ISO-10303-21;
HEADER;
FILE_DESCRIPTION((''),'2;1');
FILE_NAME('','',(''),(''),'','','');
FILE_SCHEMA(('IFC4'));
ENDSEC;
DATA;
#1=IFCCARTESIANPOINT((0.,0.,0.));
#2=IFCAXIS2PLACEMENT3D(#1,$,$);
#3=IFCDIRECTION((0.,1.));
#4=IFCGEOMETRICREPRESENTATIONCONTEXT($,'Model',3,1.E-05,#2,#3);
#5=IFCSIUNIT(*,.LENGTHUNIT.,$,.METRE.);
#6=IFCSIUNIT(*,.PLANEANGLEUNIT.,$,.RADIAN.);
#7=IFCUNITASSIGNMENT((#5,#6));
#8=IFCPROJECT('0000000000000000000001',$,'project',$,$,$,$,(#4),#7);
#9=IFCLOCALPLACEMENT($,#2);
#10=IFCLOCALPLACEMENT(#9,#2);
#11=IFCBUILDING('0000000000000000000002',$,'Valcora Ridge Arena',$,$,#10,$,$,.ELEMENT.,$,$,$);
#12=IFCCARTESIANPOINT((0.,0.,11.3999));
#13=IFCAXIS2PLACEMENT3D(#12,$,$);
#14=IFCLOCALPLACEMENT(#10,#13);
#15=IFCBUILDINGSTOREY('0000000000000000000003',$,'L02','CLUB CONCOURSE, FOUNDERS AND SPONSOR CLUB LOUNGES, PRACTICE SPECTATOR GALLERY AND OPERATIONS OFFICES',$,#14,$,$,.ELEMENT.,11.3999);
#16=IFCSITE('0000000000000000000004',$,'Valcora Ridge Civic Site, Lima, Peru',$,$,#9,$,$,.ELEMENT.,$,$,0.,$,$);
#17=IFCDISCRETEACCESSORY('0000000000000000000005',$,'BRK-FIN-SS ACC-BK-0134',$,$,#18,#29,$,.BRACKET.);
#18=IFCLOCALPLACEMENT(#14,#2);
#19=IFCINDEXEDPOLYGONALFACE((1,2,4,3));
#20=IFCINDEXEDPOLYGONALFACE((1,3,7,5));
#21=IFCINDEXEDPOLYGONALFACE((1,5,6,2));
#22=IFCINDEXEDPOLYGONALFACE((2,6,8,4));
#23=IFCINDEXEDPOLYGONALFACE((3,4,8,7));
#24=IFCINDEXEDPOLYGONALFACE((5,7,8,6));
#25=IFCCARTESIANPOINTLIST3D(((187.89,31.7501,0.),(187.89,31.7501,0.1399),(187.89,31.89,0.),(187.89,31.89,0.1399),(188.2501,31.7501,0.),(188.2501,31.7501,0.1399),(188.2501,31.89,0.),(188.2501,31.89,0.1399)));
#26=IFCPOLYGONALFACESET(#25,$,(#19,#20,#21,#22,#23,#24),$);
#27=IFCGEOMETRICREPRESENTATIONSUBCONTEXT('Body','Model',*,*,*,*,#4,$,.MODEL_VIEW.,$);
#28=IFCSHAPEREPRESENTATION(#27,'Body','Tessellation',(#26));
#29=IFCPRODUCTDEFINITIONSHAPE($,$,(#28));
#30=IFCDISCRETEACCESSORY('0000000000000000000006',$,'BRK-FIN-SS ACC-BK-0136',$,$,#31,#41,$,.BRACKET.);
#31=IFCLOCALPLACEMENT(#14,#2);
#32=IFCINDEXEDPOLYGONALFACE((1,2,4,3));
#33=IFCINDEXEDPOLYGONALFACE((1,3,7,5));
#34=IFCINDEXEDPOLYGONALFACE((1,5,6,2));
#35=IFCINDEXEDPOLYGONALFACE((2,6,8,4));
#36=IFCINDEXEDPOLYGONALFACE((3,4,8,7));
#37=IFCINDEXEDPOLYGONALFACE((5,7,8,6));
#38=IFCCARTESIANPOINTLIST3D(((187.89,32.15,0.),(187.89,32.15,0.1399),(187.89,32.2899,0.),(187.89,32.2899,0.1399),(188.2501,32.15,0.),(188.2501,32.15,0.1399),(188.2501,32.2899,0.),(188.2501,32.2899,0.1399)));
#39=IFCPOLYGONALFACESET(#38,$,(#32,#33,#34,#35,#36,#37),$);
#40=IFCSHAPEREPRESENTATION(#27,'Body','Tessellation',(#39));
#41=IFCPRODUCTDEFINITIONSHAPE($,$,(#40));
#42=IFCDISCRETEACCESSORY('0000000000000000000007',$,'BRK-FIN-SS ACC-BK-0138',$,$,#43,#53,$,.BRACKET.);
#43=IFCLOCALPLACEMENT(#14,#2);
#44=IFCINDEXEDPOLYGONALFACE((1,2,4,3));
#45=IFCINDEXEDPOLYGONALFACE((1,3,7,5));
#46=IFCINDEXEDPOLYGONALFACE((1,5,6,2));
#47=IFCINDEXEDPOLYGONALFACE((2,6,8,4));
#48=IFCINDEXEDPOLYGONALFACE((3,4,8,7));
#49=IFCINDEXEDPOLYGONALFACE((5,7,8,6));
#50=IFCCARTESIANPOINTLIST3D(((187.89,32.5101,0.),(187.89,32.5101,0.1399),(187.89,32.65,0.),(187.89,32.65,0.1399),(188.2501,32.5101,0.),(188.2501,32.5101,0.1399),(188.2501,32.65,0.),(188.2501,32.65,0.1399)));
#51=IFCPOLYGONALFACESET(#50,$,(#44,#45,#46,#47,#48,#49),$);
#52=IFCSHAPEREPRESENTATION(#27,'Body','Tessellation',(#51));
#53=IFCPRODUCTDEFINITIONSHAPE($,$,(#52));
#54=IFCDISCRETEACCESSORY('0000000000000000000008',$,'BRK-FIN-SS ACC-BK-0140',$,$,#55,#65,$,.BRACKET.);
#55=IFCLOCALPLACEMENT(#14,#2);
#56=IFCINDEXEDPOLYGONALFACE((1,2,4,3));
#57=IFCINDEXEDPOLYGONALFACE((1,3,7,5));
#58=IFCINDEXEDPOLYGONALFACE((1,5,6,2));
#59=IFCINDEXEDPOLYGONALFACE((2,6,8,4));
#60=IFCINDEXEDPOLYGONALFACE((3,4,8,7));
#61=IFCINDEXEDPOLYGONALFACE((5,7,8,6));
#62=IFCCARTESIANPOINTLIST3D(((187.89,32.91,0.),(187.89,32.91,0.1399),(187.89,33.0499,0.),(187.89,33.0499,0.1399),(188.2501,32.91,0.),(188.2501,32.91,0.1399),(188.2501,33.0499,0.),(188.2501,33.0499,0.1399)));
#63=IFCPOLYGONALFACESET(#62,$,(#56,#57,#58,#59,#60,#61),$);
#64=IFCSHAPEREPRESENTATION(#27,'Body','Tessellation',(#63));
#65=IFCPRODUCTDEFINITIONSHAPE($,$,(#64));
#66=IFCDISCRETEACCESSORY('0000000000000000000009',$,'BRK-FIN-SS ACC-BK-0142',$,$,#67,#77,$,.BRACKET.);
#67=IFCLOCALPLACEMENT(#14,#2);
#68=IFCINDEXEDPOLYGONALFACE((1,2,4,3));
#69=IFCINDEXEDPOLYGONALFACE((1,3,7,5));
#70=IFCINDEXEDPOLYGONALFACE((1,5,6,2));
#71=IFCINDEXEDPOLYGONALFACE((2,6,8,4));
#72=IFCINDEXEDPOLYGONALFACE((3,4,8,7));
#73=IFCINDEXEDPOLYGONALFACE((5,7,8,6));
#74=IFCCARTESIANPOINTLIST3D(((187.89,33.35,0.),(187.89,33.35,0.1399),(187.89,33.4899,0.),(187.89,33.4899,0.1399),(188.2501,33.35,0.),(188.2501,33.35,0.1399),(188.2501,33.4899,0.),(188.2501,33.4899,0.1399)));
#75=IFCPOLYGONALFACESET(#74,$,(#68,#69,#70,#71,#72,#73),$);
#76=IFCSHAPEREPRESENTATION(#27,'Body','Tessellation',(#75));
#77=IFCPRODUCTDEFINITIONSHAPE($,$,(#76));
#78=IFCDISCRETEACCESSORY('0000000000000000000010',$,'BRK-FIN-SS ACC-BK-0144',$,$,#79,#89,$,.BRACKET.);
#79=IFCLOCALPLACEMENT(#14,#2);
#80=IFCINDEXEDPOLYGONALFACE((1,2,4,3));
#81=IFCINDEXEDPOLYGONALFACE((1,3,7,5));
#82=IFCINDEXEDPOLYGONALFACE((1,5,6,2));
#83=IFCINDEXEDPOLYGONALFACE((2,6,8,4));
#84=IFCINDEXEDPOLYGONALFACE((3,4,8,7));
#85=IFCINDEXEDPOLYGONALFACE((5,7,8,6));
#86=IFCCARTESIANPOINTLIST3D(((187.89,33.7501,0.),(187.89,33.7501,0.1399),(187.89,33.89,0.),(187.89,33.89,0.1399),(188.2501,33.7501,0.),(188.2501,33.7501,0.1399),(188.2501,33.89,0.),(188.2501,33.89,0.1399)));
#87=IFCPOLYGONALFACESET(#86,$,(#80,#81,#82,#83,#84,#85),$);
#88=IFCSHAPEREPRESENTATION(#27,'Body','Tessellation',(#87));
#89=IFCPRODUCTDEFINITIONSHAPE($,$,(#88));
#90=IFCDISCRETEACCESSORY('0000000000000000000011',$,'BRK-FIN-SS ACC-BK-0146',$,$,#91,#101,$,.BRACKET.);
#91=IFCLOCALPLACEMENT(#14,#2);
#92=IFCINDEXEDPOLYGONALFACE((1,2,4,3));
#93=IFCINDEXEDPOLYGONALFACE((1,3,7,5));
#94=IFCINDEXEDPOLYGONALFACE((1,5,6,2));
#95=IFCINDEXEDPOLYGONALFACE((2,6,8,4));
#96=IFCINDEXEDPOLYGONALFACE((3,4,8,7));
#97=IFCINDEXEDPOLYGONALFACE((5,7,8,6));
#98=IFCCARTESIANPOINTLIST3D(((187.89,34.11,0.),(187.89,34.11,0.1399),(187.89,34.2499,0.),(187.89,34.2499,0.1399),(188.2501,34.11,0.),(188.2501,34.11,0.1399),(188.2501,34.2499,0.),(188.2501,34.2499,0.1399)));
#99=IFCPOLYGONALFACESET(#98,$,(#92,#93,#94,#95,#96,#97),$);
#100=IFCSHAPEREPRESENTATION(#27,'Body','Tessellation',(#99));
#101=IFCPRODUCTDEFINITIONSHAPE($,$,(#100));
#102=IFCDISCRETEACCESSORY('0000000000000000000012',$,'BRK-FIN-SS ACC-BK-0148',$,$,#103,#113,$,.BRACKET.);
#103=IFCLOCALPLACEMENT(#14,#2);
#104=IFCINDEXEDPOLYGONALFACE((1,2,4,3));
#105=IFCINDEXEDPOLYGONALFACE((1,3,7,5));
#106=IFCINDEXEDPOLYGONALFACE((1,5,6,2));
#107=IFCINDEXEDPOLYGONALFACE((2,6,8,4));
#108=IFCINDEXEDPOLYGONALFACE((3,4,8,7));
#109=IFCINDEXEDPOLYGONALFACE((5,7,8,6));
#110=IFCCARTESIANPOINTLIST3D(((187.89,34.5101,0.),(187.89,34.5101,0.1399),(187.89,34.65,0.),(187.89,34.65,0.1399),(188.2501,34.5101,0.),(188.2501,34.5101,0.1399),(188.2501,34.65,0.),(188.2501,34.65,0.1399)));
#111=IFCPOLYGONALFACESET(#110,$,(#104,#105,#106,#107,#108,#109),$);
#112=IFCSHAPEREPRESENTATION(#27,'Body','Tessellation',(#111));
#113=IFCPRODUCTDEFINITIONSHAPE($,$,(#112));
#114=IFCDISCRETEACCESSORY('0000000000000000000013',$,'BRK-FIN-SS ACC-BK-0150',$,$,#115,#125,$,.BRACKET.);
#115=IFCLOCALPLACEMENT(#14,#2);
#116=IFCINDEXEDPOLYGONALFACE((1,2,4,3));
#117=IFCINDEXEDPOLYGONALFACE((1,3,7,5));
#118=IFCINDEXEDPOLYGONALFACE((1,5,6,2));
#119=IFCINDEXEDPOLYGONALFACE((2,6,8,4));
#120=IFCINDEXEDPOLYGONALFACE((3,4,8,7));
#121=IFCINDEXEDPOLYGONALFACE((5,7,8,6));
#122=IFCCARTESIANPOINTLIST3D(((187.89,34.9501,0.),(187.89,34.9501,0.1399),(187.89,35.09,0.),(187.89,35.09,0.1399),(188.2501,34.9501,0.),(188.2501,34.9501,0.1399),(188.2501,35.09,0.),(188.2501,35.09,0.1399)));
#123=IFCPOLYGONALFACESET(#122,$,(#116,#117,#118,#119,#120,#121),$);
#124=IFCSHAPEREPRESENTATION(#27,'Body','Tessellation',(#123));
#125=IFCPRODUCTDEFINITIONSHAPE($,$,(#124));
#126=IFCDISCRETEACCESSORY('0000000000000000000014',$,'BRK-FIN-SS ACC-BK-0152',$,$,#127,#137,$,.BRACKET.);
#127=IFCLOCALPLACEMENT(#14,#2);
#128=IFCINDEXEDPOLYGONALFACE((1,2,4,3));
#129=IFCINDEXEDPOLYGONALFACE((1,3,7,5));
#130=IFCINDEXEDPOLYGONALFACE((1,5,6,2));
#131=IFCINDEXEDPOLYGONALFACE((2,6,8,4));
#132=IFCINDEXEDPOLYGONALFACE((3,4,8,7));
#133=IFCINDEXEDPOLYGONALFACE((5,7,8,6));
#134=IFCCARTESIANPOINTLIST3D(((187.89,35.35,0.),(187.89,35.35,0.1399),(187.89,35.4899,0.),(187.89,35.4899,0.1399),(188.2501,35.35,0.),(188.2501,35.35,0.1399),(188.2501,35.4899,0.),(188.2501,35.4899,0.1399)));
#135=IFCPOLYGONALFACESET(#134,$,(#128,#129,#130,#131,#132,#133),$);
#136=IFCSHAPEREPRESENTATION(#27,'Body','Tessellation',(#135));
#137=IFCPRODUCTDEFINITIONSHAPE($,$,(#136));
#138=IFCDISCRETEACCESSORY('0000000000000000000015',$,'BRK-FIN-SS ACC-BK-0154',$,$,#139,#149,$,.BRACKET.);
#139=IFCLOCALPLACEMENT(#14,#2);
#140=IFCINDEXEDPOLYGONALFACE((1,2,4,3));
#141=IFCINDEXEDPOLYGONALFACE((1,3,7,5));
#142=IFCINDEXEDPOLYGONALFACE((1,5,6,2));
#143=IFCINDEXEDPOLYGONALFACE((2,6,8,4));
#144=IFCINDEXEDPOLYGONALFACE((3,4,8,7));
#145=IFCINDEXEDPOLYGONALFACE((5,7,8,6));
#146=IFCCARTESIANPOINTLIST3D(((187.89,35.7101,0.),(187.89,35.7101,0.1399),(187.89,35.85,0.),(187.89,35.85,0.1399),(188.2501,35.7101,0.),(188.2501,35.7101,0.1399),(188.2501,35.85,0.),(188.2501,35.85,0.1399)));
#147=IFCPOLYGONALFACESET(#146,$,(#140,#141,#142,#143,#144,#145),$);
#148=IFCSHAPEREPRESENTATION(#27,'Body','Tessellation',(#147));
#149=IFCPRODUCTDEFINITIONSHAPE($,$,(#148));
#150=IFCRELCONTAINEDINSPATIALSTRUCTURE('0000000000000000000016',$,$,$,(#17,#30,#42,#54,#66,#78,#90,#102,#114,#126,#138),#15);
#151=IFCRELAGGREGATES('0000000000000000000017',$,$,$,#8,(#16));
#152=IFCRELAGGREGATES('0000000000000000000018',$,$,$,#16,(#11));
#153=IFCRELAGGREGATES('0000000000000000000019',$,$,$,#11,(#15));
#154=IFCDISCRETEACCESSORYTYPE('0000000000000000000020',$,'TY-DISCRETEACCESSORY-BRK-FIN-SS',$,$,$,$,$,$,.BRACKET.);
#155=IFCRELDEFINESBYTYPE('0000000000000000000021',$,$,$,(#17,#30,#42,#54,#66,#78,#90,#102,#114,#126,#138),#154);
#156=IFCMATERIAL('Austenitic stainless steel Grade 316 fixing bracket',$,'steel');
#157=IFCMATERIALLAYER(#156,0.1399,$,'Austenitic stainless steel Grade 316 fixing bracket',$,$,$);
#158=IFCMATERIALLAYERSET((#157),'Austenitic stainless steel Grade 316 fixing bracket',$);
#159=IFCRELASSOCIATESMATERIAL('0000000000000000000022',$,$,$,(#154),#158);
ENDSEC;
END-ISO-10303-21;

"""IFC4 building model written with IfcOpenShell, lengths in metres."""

from ifc_helpers import new_model, si_unit, direction, frame, origin, origin_2d, place, context, subcontext, project, spatial, rectangle, extrude, material, layer, layer_set, type_object, element, save


model = new_model("IFC4")

# Units and contexts
model_context = context("Model", 3, precision=1e-05, world=origin(), true_north=direction((0.0, 1.0)))
body_context = subcontext(model_context, "Body", "Model", "MODEL_VIEW")
ifc_project = project(units=[si_unit("LENGTHUNIT", "METRE"), si_unit("PLANEANGLEUNIT", "RADIAN")], contexts=[model_context])

# Site, building, storey
site_placement = place(None, origin())
site = spatial("IfcSite", under=ifc_project, at=site_placement, Name="Valcora Ridge Civic Site, Lima, Peru", CompositionType="ELEMENT", RefElevation=0.0)
building_placement = place(site_placement, origin())
building = spatial("IfcBuilding", under=site, at=building_placement, Name="Valcora Ridge Arena", CompositionType="ELEMENT")
storey_placement = place(building_placement, frame((0.0, 0.0, 11.3999)))
storey = spatial("IfcBuildingStorey", under=building, at=storey_placement, Name="L02", Description="CLUB CONCOURSE, FOUNDERS AND SPONSOR CLUB LOUNGES, PRACTICE SPECTATOR GALLERY AND OPERATIONS OFFICES", CompositionType="ELEMENT", Elevation=11.3999)

# Discrete accessories
ifc_material_1 = material(Name="Austenitic stainless steel Grade 316 fixing bracket", Category="steel")
ifc_layer_1 = layer(ifc_material_1, 0.1399, Name="Austenitic stainless steel Grade 316 fixing bracket")
ifc_layer_set_1 = layer_set([ifc_layer_1], Name="Austenitic stainless steel Grade 316 fixing bracket")
discrete_accessory_type = type_object("IfcDiscreteAccessoryType", Name="TY-DISCRETEACCESSORY-BRK-FIN-SS", PredefinedType="BRACKET", material=ifc_layer_set_1)
for number, where, z_axis, x_axis, name in (
    (1, (188.0701, 31.8201, 0.0), (0.0, 0.0, 1.0), (1.0, 0.0, 0.0), "BRK-FIN-SS ACC-BK-0134"),
    (2, (188.0701, 32.22, 0.0), (0.0, 0.0, 1.0), (1.0, 0.0, 0.0), "BRK-FIN-SS ACC-BK-0136"),
    (3, (188.0701, 32.5801, 0.0), (0.0, 0.0, 1.0), (1.0, 0.0, 0.0), "BRK-FIN-SS ACC-BK-0138"),
    (4, (188.0701, 32.98, 0.0), (0.0, 0.0, 1.0), (1.0, 0.0, 0.0), "BRK-FIN-SS ACC-BK-0140"),
    (5, (188.0701, 33.4199, 0.0), (0.0, 0.0, 1.0), (1.0, 0.0, 0.0), "BRK-FIN-SS ACC-BK-0142"),
    (6, (188.0701, 33.8201, 0.0), (0.0, 0.0, 1.0), (1.0, 0.0, 0.0), "BRK-FIN-SS ACC-BK-0144"),
    (7, (188.0701, 34.1799, 0.0), (0.0, 0.0, 1.0), (1.0, 0.0, 0.0), "BRK-FIN-SS ACC-BK-0146"),
    (8, (188.0701, 34.5801, 0.0), (0.0, 0.0, 1.0), (1.0, 0.0, 0.0), "BRK-FIN-SS ACC-BK-0148"),
    (9, (188.0701, 35.02, 0.0), (0.0, 0.0, 1.0), (1.0, 0.0, 0.0), "BRK-FIN-SS ACC-BK-0150"),
    (10, (188.0701, 35.4199, 0.0), (0.0, 0.0, 1.0), (1.0, 0.0, 0.0), "BRK-FIN-SS ACC-BK-0152"),
    (11, (188.0701, 35.78, 0.0), (0.0, 0.0, 1.0), (1.0, 0.0, 0.0), "BRK-FIN-SS ACC-BK-0154"),
):
    element("IfcDiscreteAccessory", number, at=place(storey_placement, frame(where, z_axis=z_axis, x_axis=x_axis)), inside=storey, type_object=discrete_accessory_type, Name=name, PredefinedType="BRACKET", context=body_context, shape_type="SweptSolid", body=[
        extrude(rectangle(XDim=0.3601, YDim=0.1399, at=origin_2d()), origin(), (0.0, 0.0, 1.0), 0.1399),
    ])

save(model, "model.ifc")
